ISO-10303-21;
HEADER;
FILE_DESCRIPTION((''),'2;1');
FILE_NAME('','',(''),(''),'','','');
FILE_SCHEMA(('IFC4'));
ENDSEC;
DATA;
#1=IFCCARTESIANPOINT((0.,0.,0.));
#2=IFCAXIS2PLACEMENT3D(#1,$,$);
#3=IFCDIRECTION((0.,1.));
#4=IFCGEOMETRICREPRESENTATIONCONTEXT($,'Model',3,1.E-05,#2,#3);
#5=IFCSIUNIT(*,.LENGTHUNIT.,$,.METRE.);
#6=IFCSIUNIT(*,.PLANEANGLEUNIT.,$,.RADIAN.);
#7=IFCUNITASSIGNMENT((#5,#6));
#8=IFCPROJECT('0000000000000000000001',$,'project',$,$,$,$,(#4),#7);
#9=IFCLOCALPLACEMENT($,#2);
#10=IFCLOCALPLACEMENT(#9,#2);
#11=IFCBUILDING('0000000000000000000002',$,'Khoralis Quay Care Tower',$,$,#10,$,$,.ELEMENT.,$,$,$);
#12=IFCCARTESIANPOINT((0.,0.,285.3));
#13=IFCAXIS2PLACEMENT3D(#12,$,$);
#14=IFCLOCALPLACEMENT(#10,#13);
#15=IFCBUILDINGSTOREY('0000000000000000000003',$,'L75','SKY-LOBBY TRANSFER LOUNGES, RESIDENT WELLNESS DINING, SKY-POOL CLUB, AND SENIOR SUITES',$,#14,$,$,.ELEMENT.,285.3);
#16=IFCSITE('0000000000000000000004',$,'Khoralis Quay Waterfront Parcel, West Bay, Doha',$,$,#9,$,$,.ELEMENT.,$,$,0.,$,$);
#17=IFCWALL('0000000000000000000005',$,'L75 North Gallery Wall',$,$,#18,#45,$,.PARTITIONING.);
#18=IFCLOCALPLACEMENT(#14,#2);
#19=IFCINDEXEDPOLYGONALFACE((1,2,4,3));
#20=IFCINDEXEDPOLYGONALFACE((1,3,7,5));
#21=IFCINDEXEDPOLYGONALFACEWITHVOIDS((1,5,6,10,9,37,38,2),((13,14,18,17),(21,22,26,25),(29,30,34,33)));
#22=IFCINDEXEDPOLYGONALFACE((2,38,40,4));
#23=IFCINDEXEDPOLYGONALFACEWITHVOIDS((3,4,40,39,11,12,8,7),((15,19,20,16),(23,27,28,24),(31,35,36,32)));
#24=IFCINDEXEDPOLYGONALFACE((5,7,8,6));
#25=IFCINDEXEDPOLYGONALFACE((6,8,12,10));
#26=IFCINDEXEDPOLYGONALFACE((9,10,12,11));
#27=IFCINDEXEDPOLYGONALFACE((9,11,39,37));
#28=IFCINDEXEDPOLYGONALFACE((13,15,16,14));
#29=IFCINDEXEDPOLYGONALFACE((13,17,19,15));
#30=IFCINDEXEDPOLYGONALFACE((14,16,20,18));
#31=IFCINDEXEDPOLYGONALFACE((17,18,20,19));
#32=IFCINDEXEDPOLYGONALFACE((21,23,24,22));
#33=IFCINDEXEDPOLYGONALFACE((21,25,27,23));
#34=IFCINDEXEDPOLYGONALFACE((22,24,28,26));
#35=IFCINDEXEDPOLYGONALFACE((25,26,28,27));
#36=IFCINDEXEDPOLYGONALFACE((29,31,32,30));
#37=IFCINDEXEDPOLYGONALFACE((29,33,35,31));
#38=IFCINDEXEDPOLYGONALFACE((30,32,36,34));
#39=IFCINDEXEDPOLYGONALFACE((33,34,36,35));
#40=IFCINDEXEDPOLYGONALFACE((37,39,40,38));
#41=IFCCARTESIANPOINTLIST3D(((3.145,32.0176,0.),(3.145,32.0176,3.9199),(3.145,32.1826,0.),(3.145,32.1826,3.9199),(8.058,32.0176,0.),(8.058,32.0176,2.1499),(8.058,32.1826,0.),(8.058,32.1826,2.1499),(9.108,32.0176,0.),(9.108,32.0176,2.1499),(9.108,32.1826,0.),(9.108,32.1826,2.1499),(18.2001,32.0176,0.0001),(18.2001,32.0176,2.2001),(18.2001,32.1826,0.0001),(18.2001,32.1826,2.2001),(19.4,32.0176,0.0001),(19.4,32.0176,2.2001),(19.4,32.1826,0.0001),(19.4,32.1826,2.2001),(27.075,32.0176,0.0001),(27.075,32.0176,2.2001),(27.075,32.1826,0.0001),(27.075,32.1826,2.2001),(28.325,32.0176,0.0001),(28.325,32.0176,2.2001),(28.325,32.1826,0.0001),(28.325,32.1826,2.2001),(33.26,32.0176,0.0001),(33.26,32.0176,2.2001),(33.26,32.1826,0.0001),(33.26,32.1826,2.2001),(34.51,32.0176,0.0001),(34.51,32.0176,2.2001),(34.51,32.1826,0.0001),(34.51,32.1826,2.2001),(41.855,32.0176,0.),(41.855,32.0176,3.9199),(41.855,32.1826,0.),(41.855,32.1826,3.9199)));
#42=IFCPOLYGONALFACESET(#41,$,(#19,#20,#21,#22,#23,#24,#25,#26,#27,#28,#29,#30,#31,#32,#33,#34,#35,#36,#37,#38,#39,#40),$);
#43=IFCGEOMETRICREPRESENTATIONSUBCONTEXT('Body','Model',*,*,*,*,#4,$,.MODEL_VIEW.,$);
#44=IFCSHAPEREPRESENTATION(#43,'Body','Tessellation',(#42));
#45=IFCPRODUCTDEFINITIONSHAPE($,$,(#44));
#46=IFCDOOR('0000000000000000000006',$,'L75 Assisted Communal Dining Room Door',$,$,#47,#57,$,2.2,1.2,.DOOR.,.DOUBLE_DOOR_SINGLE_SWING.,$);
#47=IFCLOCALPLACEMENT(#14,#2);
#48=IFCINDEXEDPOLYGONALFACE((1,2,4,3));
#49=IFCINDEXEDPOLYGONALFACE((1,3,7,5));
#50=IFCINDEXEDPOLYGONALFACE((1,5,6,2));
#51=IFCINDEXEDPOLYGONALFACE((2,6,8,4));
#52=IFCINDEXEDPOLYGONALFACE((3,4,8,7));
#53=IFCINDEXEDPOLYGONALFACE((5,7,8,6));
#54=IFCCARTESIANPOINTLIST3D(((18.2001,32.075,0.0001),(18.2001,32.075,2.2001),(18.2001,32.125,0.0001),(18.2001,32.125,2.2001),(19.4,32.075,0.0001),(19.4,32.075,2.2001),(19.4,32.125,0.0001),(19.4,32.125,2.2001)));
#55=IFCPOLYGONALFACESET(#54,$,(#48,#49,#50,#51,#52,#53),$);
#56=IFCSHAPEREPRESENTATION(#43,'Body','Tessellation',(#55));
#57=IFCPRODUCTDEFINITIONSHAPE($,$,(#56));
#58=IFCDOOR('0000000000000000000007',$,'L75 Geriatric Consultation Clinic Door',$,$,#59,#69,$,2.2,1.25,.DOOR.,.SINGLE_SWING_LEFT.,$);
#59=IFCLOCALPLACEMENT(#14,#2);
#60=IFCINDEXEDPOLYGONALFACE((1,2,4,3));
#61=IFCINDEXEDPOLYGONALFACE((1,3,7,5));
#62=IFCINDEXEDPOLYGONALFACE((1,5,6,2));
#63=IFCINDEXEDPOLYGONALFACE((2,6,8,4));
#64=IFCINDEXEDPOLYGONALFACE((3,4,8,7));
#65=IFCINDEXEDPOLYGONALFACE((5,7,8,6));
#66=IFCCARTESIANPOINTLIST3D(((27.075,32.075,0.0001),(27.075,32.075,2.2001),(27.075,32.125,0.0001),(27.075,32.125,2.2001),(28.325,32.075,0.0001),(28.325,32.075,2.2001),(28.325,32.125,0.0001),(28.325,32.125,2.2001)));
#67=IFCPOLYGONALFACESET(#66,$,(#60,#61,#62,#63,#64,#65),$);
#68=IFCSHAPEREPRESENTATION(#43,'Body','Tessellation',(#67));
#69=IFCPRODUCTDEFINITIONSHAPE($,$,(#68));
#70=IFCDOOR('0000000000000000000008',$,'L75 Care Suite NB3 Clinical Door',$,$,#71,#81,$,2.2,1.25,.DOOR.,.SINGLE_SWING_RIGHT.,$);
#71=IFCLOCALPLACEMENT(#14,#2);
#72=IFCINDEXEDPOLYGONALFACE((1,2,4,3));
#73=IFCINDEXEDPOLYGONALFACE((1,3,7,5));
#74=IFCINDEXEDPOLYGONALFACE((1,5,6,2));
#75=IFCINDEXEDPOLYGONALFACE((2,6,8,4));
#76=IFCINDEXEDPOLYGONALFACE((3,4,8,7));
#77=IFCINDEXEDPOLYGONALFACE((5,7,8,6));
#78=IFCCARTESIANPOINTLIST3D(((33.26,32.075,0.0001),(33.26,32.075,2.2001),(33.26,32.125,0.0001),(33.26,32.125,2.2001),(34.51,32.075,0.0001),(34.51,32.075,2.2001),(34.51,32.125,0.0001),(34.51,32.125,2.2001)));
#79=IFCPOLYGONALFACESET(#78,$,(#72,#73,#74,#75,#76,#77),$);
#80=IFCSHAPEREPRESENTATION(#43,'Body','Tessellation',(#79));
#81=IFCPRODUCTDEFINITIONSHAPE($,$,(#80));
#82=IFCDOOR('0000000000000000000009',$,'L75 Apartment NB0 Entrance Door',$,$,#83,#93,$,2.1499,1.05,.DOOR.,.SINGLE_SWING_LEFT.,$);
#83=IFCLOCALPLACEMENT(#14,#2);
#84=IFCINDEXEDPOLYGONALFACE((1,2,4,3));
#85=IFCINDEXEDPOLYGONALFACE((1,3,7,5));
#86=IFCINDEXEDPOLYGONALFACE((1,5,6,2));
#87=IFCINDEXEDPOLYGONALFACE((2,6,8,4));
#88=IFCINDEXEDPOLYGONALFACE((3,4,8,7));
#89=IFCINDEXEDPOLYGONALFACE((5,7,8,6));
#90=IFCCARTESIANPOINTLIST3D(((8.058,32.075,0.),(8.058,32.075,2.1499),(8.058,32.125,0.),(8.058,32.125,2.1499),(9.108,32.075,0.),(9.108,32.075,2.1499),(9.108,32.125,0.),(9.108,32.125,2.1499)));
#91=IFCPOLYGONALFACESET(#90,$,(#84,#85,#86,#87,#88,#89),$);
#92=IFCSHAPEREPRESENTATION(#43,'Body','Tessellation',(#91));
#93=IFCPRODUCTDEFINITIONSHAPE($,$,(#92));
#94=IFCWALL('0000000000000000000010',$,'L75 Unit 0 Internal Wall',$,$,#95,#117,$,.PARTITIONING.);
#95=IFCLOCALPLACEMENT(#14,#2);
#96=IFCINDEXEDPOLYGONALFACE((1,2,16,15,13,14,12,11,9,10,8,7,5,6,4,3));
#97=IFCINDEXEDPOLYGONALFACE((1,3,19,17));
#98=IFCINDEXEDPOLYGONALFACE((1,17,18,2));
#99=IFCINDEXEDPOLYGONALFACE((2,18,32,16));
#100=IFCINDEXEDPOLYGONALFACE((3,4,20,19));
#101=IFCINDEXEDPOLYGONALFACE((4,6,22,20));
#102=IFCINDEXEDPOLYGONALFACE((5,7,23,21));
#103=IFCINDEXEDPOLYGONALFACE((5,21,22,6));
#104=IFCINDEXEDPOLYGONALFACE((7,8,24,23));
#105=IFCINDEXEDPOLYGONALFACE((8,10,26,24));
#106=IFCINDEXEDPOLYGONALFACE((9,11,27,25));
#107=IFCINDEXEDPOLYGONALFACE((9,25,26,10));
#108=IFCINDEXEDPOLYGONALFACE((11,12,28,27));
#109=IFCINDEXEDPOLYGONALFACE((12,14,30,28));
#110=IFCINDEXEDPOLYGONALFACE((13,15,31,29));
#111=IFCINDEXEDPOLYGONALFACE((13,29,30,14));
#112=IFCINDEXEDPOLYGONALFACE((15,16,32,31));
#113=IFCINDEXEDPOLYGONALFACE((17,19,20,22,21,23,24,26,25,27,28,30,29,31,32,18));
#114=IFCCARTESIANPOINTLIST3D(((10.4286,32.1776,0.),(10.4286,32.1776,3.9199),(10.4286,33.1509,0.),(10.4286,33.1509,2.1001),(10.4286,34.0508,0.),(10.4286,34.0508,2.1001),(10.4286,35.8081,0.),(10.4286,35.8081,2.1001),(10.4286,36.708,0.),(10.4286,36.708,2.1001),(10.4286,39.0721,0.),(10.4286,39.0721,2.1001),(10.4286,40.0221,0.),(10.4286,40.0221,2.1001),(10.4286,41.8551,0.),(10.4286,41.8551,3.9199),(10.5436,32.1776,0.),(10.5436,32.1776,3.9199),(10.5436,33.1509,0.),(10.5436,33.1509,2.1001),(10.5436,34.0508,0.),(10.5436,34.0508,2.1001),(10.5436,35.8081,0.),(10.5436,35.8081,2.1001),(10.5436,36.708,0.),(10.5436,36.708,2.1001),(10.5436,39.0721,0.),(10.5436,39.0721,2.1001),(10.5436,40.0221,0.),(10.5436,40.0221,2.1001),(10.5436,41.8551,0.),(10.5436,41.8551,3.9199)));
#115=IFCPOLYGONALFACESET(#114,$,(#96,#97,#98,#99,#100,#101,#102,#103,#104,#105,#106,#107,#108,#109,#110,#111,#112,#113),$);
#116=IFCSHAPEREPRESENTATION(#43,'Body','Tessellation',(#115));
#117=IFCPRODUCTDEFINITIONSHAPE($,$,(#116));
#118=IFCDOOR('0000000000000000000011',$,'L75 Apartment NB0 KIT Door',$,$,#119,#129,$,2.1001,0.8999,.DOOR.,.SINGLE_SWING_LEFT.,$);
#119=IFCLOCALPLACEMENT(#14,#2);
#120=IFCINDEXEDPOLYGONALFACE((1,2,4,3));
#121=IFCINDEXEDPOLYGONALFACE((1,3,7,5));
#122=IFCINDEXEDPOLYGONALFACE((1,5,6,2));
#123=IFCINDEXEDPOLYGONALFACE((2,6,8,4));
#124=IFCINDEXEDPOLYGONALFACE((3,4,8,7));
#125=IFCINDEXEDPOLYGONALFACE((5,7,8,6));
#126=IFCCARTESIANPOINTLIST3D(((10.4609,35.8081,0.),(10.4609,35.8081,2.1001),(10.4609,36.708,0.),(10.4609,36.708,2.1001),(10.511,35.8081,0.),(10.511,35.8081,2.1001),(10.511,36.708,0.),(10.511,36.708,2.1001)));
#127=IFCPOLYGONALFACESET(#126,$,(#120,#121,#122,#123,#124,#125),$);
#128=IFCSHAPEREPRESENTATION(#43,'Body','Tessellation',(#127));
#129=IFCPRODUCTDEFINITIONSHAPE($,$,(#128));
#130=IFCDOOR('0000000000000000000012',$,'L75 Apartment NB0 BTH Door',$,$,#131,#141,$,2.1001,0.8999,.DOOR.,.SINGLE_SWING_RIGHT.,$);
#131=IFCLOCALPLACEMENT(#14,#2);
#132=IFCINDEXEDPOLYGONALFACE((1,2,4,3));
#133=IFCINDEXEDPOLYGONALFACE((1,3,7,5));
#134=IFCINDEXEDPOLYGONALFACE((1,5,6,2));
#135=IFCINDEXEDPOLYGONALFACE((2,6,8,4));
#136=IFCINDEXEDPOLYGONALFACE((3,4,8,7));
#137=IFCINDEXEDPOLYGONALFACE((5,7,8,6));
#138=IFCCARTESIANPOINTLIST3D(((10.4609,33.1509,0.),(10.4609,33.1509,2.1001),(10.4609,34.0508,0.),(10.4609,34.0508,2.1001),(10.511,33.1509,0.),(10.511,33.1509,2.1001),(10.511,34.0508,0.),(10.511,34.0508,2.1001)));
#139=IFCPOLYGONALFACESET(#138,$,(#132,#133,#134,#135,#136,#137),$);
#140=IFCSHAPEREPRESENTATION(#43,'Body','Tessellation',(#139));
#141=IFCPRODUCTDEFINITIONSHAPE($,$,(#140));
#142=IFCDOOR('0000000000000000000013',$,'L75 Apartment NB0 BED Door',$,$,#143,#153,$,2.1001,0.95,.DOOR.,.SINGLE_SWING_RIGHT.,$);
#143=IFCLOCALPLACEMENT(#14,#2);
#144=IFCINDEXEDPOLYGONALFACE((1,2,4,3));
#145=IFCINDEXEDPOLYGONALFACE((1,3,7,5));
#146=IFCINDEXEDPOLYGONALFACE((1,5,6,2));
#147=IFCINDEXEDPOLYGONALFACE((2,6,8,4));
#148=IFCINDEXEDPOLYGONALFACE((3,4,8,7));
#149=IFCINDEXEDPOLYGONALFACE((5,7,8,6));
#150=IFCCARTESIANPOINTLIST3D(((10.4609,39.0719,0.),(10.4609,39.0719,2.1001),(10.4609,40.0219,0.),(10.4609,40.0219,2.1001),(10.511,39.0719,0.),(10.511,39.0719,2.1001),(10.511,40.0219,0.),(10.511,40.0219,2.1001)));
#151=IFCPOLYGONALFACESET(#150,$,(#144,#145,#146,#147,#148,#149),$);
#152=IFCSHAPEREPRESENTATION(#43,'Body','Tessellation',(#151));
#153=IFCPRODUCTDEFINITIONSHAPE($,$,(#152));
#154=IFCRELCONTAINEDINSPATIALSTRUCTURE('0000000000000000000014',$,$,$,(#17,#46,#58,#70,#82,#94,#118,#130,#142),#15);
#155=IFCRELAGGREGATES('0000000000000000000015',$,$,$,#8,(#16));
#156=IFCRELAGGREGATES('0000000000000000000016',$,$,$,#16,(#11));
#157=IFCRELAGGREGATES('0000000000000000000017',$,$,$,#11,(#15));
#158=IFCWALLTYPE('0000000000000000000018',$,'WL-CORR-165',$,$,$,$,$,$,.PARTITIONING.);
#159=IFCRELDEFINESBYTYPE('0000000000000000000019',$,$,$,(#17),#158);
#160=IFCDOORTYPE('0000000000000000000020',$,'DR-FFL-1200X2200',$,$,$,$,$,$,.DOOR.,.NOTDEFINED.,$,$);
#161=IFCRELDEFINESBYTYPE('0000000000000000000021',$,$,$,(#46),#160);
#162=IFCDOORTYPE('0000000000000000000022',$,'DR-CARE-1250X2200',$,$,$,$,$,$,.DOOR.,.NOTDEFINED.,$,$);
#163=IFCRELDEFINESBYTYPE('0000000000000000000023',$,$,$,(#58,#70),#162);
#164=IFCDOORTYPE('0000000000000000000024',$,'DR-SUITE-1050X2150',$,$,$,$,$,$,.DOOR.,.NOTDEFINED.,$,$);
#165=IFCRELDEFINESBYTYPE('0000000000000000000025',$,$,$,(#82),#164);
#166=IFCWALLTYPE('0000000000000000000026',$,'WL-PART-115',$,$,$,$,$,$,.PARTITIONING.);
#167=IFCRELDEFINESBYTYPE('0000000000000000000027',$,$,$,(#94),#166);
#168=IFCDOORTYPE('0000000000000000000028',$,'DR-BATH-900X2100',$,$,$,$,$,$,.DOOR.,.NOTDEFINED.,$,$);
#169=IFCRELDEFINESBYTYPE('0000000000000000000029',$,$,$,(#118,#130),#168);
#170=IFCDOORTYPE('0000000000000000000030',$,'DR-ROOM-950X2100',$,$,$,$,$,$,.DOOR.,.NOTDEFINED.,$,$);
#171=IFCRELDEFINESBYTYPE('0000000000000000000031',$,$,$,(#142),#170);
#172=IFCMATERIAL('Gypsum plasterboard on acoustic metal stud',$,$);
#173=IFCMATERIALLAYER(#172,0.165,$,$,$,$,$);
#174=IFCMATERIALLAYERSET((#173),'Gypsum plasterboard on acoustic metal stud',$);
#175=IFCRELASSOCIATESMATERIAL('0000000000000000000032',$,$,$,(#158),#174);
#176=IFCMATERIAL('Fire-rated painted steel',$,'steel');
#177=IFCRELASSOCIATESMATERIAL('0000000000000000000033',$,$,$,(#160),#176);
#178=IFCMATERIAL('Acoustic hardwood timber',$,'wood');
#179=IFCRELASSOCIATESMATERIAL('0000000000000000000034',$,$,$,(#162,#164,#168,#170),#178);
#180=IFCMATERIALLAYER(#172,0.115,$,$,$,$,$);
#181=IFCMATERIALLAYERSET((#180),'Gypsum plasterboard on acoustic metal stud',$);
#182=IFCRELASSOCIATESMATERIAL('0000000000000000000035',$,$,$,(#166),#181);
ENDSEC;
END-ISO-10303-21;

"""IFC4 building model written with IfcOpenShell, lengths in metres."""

from ifc_helpers import new_model, si_unit, direction, frame, frame_2d, origin, place, context, subcontext, project, spatial, rectangle, extrude, source, transform, mapped, material, layer, layer_set, type_object, element, fill, save


model = new_model("IFC4")

# Units and contexts
model_context = context("Model", 3, precision=1e-05, world=origin(), true_north=direction((0.0, 1.0)))
body_context = subcontext(model_context, "Body", "Model", "MODEL_VIEW")
ifc_project = project(units=[si_unit("LENGTHUNIT", "METRE"), si_unit("PLANEANGLEUNIT", "RADIAN")], contexts=[model_context])

# Site, building, storey
site_placement = place(None, origin())
site = spatial("IfcSite", under=ifc_project, at=site_placement, Name="Khoralis Quay Waterfront Parcel, West Bay, Doha", CompositionType="ELEMENT", RefElevation=0.0)
building_placement = place(site_placement, origin())
building = spatial("IfcBuilding", under=site, at=building_placement, Name="Khoralis Quay Care Tower", CompositionType="ELEMENT")
storey_placement = place(building_placement, frame((0.0, 0.0, 285.3)))
storey = spatial("IfcBuildingStorey", under=building, at=storey_placement, Name="L75", Description="SKY-LOBBY TRANSFER LOUNGES, RESIDENT WELLNESS DINING, SKY-POOL CLUB, AND SENIOR SUITES", CompositionType="ELEMENT", Elevation=285.3)

# Shared definitions
ifc_material_1 = material(Name="Gypsum plasterboard on acoustic metal stud")
ifc_layer_1 = layer(ifc_material_1, 0.165)
ifc_layer_set_1 = layer_set([ifc_layer_1], Name="Gypsum plasterboard on acoustic metal stud")
wall_type_1 = type_object("IfcWallType", Name="WL-CORR-165", PredefinedType="PARTITIONING", material=ifc_layer_set_1)
ifc_material_2 = material(Name="Fire-rated painted steel", Category="steel")
door_type_1 = type_object("IfcDoorType", Name="DR-FFL-1200X2200", OperationType="NOTDEFINED", PredefinedType="DOOR", material=ifc_material_2)
shared_shape_1 = source(origin(), body_context, "Body", "SweptSolid", [
    extrude(rectangle(XDim=1.2, YDim=2.2, at=frame_2d((0.6001, 1.1001))), frame((0.0, 0.0249, 0.0), z_axis=(0.0, -1.0, 0.0), x_axis=(1.0, 0.0, 0.0)), (0.0, 0.0, 1.0), 0.05),
])

# Walls, openings, doors
wall_1_placement = place(storey_placement, frame((3.145, 32.1001, 0.0), z_axis=(0.0, 0.0, 1.0), x_axis=(1.0, 0.0, 0.0)))
wall_1 = element("IfcWall", 1, at=wall_1_placement, inside=storey, type_object=wall_type_1, Name="L75 North Gallery Wall", PredefinedType="PARTITIONING", context=body_context, shape_type="SweptSolid", body=[
    extrude(rectangle(XDim=38.71, YDim=0.165, at=frame_2d((19.355, 0.0))), origin(), (0.0, 0.0, 1.0), 3.9199),
])
opening_1_placement = place(wall_1_placement, frame((4.9131, 0.0, 0.0)))
opening_1 = element("IfcOpeningElement", 2, at=opening_1_placement, cuts=wall_1, PredefinedType="OPENING", context=body_context, shape_type="SweptSolid", body=[
    extrude(rectangle(XDim=1.05, YDim=2.1499, at=frame_2d((0.5249, 1.075))), frame((0.0, 0.0925, 0.0), z_axis=(0.0, -1.0, 0.0), x_axis=(1.0, 0.0, 0.0)), (0.0, 0.0, 1.0), 0.1851),
])
opening_2_placement = place(wall_1_placement, frame((15.0549, 0.0, 0.0)))
opening_2 = element("IfcOpeningElement", 3, at=opening_2_placement, cuts=wall_1, PredefinedType="OPENING", context=body_context, shape_type="SweptSolid", body=[
    extrude(rectangle(XDim=1.2, YDim=2.2, at=frame_2d((0.6001, 1.1001))), frame((0.0, 0.0925, 0.0), z_axis=(0.0, -1.0, 0.0), x_axis=(1.0, 0.0, 0.0)), (0.0, 0.0, 1.0), 0.1851),
])
opening_3_placement = place(wall_1_placement, frame((23.9299, 0.0, 0.0)))
opening_3 = element("IfcOpeningElement", 4, at=opening_3_placement, cuts=wall_1, PredefinedType="OPENING", context=body_context, shape_type="SweptSolid", body=[
    extrude(rectangle(XDim=1.25, YDim=2.2, at=frame_2d((0.625, 1.1001))), frame((0.0, 0.0925, 0.0), z_axis=(0.0, -1.0, 0.0), x_axis=(1.0, 0.0, 0.0)), (0.0, 0.0, 1.0), 0.1851),
])
opening_4_placement = place(wall_1_placement, frame((30.115, 0.0, 0.0)))
opening_4 = element("IfcOpeningElement", 5, at=opening_4_placement, cuts=wall_1, PredefinedType="OPENING", context=body_context, shape_type="SweptSolid", body=[
    extrude(rectangle(XDim=1.25, YDim=2.2, at=frame_2d((0.625, 1.1001))), frame((0.0, 0.0925, 0.0), z_axis=(0.0, -1.0, 0.0), x_axis=(1.0, 0.0, 0.0)), (0.0, 0.0, 1.0), 0.1851),
])
door_1_placement = place(opening_2_placement, origin())
door_1 = element("IfcDoor", 6, at=door_1_placement, inside=storey, type_object=door_type_1, Name="L75 Assisted Communal Dining Room Door", OperationType="DOUBLE_DOOR_SINGLE_SWING", OverallHeight=2.2, OverallWidth=1.2, PredefinedType="DOOR", context=body_context, shape_type="MappedRepresentation", body=[
    mapped(shared_shape_1, transform((0.0, 0.0, 0.0), scale=1.0)),
])
fill(opening_2, door_1)
ifc_material_3 = material(Name="Acoustic hardwood timber", Category="wood")
door_type_2 = type_object("IfcDoorType", Name="DR-CARE-1250X2200", OperationType="NOTDEFINED", PredefinedType="DOOR", material=ifc_material_3)
shared_shape_2 = source(origin(), body_context, "Body", "SweptSolid", [
    extrude(rectangle(XDim=1.25, YDim=2.2, at=frame_2d((0.625, 1.1001))), frame((0.0, 0.0249, 0.0), z_axis=(0.0, -1.0, 0.0), x_axis=(1.0, 0.0, 0.0)), (0.0, 0.0, 1.0), 0.05),
])
door_2_placement = place(opening_3_placement, origin())
door_2 = element("IfcDoor", 7, at=door_2_placement, inside=storey, type_object=door_type_2, Name="L75 Geriatric Consultation Clinic Door", OperationType="SINGLE_SWING_LEFT", OverallHeight=2.2, OverallWidth=1.25, PredefinedType="DOOR", context=body_context, shape_type="MappedRepresentation", body=[
    mapped(shared_shape_2, transform((0.0, 0.0, 0.0), scale=1.0)),
])
fill(opening_3, door_2)
door_3_placement = place(opening_4_placement, origin())
door_3 = element("IfcDoor", 8, at=door_3_placement, inside=storey, type_object=door_type_2, Name="L75 Care Suite NB3 Clinical Door", OperationType="SINGLE_SWING_RIGHT", OverallHeight=2.2, OverallWidth=1.25, PredefinedType="DOOR", context=body_context, shape_type="MappedRepresentation", body=[
    mapped(shared_shape_2, transform((0.0, 0.0, 0.0), scale=1.0)),
])
fill(opening_4, door_3)
door_type_3 = type_object("IfcDoorType", Name="DR-SUITE-1050X2150", OperationType="NOTDEFINED", PredefinedType="DOOR", material=ifc_material_3)
shared_shape_3 = source(origin(), body_context, "Body", "SweptSolid", [
    extrude(rectangle(XDim=1.05, YDim=2.1499, at=frame_2d((0.5249, 1.075))), frame((0.0, 0.0249, 0.0), z_axis=(0.0, -1.0, 0.0), x_axis=(1.0, 0.0, 0.0)), (0.0, 0.0, 1.0), 0.05),
])
door_4_placement = place(opening_1_placement, origin())
door_4 = element("IfcDoor", 9, at=door_4_placement, inside=storey, type_object=door_type_3, Name="L75 Apartment NB0 Entrance Door", OperationType="SINGLE_SWING_LEFT", OverallHeight=2.1499, OverallWidth=1.05, PredefinedType="DOOR", context=body_context, shape_type="MappedRepresentation", body=[
    mapped(shared_shape_3, transform((0.0, 0.0, 0.0), scale=1.0)),
])
fill(opening_1, door_4)
ifc_layer_2 = layer(ifc_material_1, 0.115)
ifc_layer_set_2 = layer_set([ifc_layer_2], Name="Gypsum plasterboard on acoustic metal stud")
wall_type_2 = type_object("IfcWallType", Name="WL-PART-115", PredefinedType="PARTITIONING", material=ifc_layer_set_2)
wall_2_placement = place(storey_placement, frame((10.4861, 32.1775, 0.0), z_axis=(0.0, 0.0, 1.0), x_axis=(0.0, 1.0, 0.0)))
wall_2 = element("IfcWall", 10, at=wall_2_placement, inside=storey, type_object=wall_type_2, Name="L75 Unit 0 Internal Wall", PredefinedType="PARTITIONING", context=body_context, shape_type="SweptSolid", body=[
    extrude(rectangle(XDim=9.6775, YDim=0.115, at=frame_2d((4.8389, 0.0))), origin(), (0.0, 0.0, 1.0), 3.9199),
])
opening_5_placement = place(wall_2_placement, frame((6.8945, 0.0, 0.0)))
opening_5 = element("IfcOpeningElement", 11, at=opening_5_placement, cuts=wall_2, PredefinedType="OPENING", context=body_context, shape_type="SweptSolid", body=[
    extrude(rectangle(XDim=0.95, YDim=2.1001, at=frame_2d((0.4751, 1.05))), frame((0.0, 0.0674, 0.0), z_axis=(0.0, -1.0, 0.0), x_axis=(1.0, 0.0, 0.0)), (0.0, 0.0, 1.0), 0.135),
])
opening_6_placement = place(wall_2_placement, frame((3.6306, 0.0, 0.0)))
opening_6 = element("IfcOpeningElement", 12, at=opening_6_placement, cuts=wall_2, PredefinedType="OPENING", context=body_context, shape_type="SweptSolid", body=[
    extrude(rectangle(XDim=0.8999, YDim=2.1001, at=frame_2d((0.45, 1.05))), frame((0.0, 0.0674, 0.0), z_axis=(0.0, -1.0, 0.0), x_axis=(1.0, 0.0, 0.0)), (0.0, 0.0, 1.0), 0.135),
])
opening_7_placement = place(wall_2_placement, frame((0.9734, 0.0, 0.0)))
opening_7 = element("IfcOpeningElement", 13, at=opening_7_placement, cuts=wall_2, PredefinedType="OPENING", context=body_context, shape_type="SweptSolid", body=[
    extrude(rectangle(XDim=0.8999, YDim=2.1001, at=frame_2d((0.45, 1.05))), frame((0.0, 0.0674, 0.0), z_axis=(0.0, -1.0, 0.0), x_axis=(1.0, 0.0, 0.0)), (0.0, 0.0, 1.0), 0.135),
])
door_type_4 = type_object("IfcDoorType", Name="DR-BATH-900X2100", OperationType="NOTDEFINED", PredefinedType="DOOR", material=ifc_material_3)
shared_shape_4 = source(origin(), body_context, "Body", "SweptSolid", [
    extrude(rectangle(XDim=0.8999, YDim=2.1001, at=frame_2d((0.45, 1.05))), frame((0.0, 0.0249, 0.0), z_axis=(0.0, -1.0, 0.0), x_axis=(1.0, 0.0, 0.0)), (0.0, 0.0, 1.0), 0.05),
])
door_5_placement = place(opening_6_placement, frame((0.8999, 0.0, 0.0), z_axis=(0.0, 0.0, 1.0), x_axis=(-1.0, 0.0, 0.0)))
door_5 = element("IfcDoor", 14, at=door_5_placement, inside=storey, type_object=door_type_4, Name="L75 Apartment NB0 KIT Door", OperationType="SINGLE_SWING_LEFT", OverallHeight=2.1001, OverallWidth=0.8999, PredefinedType="DOOR", context=body_context, shape_type="MappedRepresentation", body=[
    mapped(shared_shape_4, transform((0.0, 0.0, 0.0), scale=1.0)),
])
fill(opening_6, door_5)
door_6_placement = place(opening_7_placement, frame((0.8999, 0.0, 0.0), z_axis=(0.0, 0.0, 1.0), x_axis=(-1.0, 0.0, 0.0)))
door_6 = element("IfcDoor", 15, at=door_6_placement, inside=storey, type_object=door_type_4, Name="L75 Apartment NB0 BTH Door", OperationType="SINGLE_SWING_RIGHT", OverallHeight=2.1001, OverallWidth=0.8999, PredefinedType="DOOR", context=body_context, shape_type="MappedRepresentation", body=[
    mapped(shared_shape_4, transform((0.0, 0.0, 0.0), scale=1.0)),
])
fill(opening_7, door_6)
door_type_5 = type_object("IfcDoorType", Name="DR-ROOM-950X2100", OperationType="NOTDEFINED", PredefinedType="DOOR", material=ifc_material_3)
shared_shape_5 = source(origin(), body_context, "Body", "SweptSolid", [
    extrude(rectangle(XDim=0.95, YDim=2.1001, at=frame_2d((0.4751, 1.05))), frame((0.0, 0.0249, 0.0), z_axis=(0.0, -1.0, 0.0), x_axis=(1.0, 0.0, 0.0)), (0.0, 0.0, 1.0), 0.05),
])
door_7_placement = place(opening_5_placement, frame((0.95, 0.0, 0.0), z_axis=(0.0, 0.0, 1.0), x_axis=(-1.0, 0.0, 0.0)))
door_7 = element("IfcDoor", 16, at=door_7_placement, inside=storey, type_object=door_type_5, Name="L75 Apartment NB0 BED Door", OperationType="SINGLE_SWING_RIGHT", OverallHeight=2.1001, OverallWidth=0.95, PredefinedType="DOOR", context=body_context, shape_type="MappedRepresentation", body=[
    mapped(shared_shape_5, transform((0.0, 0.0, 0.0), scale=1.0)),
])
fill(opening_5, door_7)

save(model, "model.ifc")
